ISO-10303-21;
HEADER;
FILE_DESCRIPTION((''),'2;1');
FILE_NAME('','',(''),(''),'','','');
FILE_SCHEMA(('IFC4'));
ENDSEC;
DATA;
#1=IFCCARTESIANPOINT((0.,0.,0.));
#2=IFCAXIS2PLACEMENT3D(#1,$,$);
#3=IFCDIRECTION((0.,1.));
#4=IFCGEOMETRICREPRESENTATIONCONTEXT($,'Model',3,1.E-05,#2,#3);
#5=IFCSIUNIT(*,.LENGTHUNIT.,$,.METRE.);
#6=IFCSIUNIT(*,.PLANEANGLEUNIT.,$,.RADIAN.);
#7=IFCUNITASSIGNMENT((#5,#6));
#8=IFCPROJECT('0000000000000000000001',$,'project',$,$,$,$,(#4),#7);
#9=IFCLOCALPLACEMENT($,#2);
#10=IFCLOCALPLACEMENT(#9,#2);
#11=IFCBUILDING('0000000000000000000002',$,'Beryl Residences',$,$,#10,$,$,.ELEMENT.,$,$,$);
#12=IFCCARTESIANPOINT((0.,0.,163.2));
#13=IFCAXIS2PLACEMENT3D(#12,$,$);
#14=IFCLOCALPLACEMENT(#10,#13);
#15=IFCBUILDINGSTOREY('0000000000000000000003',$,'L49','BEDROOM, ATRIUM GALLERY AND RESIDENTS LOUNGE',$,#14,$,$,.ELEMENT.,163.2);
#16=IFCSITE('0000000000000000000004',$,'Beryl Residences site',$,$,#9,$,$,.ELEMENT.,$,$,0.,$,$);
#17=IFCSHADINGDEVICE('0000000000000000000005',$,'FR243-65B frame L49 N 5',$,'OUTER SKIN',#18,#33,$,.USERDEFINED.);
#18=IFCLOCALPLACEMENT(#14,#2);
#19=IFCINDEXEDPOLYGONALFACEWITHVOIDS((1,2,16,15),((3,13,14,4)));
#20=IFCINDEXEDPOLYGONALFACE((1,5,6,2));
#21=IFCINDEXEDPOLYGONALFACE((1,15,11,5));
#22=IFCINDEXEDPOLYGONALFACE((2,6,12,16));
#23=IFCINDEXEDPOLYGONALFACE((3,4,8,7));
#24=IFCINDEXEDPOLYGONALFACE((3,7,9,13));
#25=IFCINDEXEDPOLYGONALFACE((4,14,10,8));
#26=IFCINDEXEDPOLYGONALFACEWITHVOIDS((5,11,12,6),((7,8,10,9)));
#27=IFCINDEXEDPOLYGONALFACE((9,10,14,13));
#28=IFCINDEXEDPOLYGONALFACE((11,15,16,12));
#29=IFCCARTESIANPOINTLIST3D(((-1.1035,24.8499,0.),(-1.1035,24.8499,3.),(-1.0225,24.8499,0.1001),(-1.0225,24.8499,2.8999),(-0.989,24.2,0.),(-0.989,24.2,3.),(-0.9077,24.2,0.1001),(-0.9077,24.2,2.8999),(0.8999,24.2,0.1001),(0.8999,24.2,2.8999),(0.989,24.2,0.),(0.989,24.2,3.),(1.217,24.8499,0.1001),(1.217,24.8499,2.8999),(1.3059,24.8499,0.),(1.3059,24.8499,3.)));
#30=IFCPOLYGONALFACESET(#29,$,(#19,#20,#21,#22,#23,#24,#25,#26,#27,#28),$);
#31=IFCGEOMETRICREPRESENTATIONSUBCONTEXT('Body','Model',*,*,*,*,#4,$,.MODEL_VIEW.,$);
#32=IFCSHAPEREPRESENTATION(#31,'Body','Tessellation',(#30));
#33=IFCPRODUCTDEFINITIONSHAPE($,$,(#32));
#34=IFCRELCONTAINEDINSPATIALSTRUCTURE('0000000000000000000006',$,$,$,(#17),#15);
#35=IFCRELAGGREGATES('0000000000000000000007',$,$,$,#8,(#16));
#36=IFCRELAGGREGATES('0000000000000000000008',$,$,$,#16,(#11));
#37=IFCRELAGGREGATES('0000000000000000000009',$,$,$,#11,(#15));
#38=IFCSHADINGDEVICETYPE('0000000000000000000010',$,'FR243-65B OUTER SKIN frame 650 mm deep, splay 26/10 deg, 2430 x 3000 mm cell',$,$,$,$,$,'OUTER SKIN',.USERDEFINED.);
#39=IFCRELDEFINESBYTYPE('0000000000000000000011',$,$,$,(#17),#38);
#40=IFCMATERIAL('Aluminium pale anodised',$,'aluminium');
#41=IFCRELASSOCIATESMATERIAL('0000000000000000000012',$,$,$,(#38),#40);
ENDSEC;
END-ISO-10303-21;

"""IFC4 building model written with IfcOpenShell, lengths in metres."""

from ifc_helpers import new_model, entity, si_unit, direction, frame, origin, place, context, subcontext, project, spatial, source, transform, mapped, material, type_object, type_shapes, element, save


model = new_model("IFC4")

# Units and contexts
model_context = context("Model", 3, precision=1e-05, world=origin(), true_north=direction((0.0, 1.0)))
body_context = subcontext(model_context, "Body", "Model", "MODEL_VIEW")
ifc_project = project(units=[si_unit("LENGTHUNIT", "METRE"), si_unit("PLANEANGLEUNIT", "RADIAN")], contexts=[model_context])

# Site, building, storey
site_placement = place(None, origin())
site = spatial("IfcSite", under=ifc_project, at=site_placement, Name="Beryl Residences site", CompositionType="ELEMENT", RefElevation=0.0)
building_placement = place(site_placement, origin())
building = spatial("IfcBuilding", under=site, at=building_placement, Name="Beryl Residences", CompositionType="ELEMENT")
storey_placement = place(building_placement, frame((0.0, 0.0, 163.2)))
storey = spatial("IfcBuildingStorey", under=building, at=storey_placement, Name="L49", Description="BEDROOM, ATRIUM GALLERY AND RESIDENTS LOUNGE", CompositionType="ELEMENT", Elevation=163.2)

# Shading device
ifc_material_1 = material(Name="Aluminium pale anodised", Category="aluminium")
shading_device_type = type_object("IfcShadingDeviceType", Name="FR243-65B OUTER SKIN frame 650 mm deep, splay 26/10 deg, 2430 x 3000 mm cell", ElementType="OUTER SKIN", PredefinedType="USERDEFINED", material=ifc_material_1)
cartesian_point_1 = entity("IfcCartesianPoint", [-0.989, 0.0])
cartesian_point_2 = entity("IfcCartesianPoint", [-0.8999, 0.1001])
cartesian_point_3 = entity("IfcCartesianPoint", [-1.3059, 0.0])
cartesian_point_4 = entity("IfcCartesianPoint", [-1.217, 0.1001])
shared_shape = source(origin(), body_context, "Body", "SweptSolid", [
    entity("IfcExtrudedAreaSolidTapered", entity("IfcArbitraryProfileDefWithVoids", "AREA", None, entity("IfcPolyline", [cartesian_point_1, entity("IfcCartesianPoint", [0.989, 0.0]), entity("IfcCartesianPoint", [0.989, 3.0]), entity("IfcCartesianPoint", [-0.989, 3.0]), cartesian_point_1]), [entity("IfcPolyline", [cartesian_point_2, entity("IfcCartesianPoint", [0.9077, 0.1001]), entity("IfcCartesianPoint", [0.9077, 2.8999]), entity("IfcCartesianPoint", [-0.8999, 2.8999]), cartesian_point_2])]), entity("IfcAxis2Placement3D", entity("IfcCartesianPoint", [0.0, 0.0, 0.0]), entity("IfcDirection", [0.0, 1.0, 0.0]), entity("IfcDirection", [-1.0, 0.0, 0.0])), entity("IfcDirection", [0.0, 0.0, 1.0]), 0.6499, entity("IfcArbitraryProfileDefWithVoids", "AREA", None, entity("IfcPolyline", [cartesian_point_3, entity("IfcCartesianPoint", [1.1035, 0.0]), entity("IfcCartesianPoint", [1.1035, 3.0]), entity("IfcCartesianPoint", [-1.3059, 3.0]), cartesian_point_3]), [entity("IfcPolyline", [cartesian_point_4, entity("IfcCartesianPoint", [1.0225, 0.1001]), entity("IfcCartesianPoint", [1.0225, 2.8999]), entity("IfcCartesianPoint", [-1.217, 2.8999]), cartesian_point_4])])),
])
type_shapes(shading_device_type, [shared_shape])
for number, where, z_axis, x_axis, name in (
    (1, (0.0, 24.2, 0.0), (0.0, 0.0, 1.0), (1.0, 0.0, 0.0), "FR243-65B frame L49 N 5"),
):
    element("IfcShadingDevice", number, at=place(storey_placement, frame(where, z_axis=z_axis, x_axis=x_axis)), inside=storey, type_object=shading_device_type, Name=name, ObjectType="OUTER SKIN", PredefinedType="USERDEFINED", context=body_context, shape_type="MappedRepresentation", body=[
        mapped(shared_shape, transform((0.0, 0.0, 0.0))),
    ])

save(model, "model.ifc")
